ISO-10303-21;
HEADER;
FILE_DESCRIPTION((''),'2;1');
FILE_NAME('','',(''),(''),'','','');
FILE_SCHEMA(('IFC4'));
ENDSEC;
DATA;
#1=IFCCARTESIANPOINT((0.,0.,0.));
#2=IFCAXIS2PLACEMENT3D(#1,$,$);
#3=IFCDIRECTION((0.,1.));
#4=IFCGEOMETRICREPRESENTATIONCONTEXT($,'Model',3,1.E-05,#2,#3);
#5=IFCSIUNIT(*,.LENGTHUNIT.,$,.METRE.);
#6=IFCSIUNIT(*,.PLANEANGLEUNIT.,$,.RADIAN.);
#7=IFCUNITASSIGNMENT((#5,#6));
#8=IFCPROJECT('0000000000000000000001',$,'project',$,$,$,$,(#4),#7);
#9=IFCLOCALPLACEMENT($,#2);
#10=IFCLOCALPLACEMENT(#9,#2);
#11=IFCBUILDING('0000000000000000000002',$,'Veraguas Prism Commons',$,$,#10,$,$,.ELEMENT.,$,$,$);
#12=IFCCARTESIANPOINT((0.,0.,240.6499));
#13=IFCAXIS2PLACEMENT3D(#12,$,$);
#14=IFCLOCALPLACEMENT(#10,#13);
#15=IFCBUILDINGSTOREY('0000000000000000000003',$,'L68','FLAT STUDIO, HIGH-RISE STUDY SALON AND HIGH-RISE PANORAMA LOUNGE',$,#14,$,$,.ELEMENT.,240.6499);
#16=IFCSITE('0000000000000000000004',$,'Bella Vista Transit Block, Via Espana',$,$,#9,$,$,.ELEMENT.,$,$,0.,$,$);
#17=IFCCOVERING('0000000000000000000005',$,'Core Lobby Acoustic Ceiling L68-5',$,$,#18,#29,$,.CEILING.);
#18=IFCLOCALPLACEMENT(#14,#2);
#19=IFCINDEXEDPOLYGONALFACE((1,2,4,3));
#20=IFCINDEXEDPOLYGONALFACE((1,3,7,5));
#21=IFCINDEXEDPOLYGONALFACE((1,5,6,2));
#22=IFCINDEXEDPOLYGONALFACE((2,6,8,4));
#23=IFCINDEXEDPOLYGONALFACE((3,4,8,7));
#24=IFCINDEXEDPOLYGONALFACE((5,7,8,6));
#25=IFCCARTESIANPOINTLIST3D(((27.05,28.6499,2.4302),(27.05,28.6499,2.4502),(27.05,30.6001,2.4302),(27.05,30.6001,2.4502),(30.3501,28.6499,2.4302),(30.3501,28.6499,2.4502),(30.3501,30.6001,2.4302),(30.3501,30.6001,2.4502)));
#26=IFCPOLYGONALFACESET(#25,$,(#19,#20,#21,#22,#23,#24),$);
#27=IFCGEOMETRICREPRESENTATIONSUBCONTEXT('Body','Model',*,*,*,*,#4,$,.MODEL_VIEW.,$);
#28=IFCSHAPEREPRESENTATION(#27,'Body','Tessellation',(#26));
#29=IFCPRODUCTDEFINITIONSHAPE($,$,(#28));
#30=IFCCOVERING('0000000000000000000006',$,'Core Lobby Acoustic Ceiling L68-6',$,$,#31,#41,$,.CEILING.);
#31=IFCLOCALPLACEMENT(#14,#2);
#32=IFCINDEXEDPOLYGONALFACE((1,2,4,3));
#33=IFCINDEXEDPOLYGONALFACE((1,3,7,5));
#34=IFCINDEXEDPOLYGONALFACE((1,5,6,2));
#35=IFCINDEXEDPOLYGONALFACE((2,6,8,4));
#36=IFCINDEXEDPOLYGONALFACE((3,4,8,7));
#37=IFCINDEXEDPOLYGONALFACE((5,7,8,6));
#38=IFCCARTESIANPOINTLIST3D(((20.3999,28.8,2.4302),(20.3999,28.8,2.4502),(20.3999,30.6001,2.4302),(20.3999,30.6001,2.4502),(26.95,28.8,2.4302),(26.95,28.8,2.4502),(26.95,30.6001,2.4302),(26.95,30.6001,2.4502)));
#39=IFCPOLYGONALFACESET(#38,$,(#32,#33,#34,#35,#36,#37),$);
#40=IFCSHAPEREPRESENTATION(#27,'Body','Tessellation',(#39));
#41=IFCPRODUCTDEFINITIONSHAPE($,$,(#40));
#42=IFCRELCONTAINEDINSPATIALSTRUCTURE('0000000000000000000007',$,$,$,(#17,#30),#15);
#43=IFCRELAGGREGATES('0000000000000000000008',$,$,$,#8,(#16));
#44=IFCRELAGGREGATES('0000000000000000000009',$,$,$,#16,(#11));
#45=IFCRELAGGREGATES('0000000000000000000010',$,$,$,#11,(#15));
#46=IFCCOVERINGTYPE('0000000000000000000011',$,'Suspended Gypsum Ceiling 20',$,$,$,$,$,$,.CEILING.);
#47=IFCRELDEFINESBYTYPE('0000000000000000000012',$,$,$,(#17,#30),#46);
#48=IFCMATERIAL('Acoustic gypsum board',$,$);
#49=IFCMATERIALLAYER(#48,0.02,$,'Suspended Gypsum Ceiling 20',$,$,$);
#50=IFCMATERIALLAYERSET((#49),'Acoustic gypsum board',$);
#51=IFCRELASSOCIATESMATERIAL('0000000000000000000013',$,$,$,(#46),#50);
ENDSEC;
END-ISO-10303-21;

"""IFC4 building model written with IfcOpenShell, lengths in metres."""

from ifc_helpers import new_model, si_unit, direction, frame, origin, place, context, subcontext, project, spatial, polyline, outline, extrude, material, layer, layer_set, type_object, element, save


model = new_model("IFC4")

# Units and contexts
model_context = context("Model", 3, precision=1e-05, world=origin(), true_north=direction((0.0, 1.0)))
body_context = subcontext(model_context, "Body", "Model", "MODEL_VIEW")
ifc_project = project(units=[si_unit("LENGTHUNIT", "METRE"), si_unit("PLANEANGLEUNIT", "RADIAN")], contexts=[model_context])

# Site, building, storey
site_placement = place(None, origin())
site = spatial("IfcSite", under=ifc_project, at=site_placement, Name="Bella Vista Transit Block, Via Espana", CompositionType="ELEMENT", RefElevation=0.0)
building_placement = place(site_placement, origin())
building = spatial("IfcBuilding", under=site, at=building_placement, Name="Veraguas Prism Commons", CompositionType="ELEMENT")
storey_placement = place(building_placement, frame((0.0, 0.0, 240.6499)))
storey = spatial("IfcBuildingStorey", under=building, at=storey_placement, Name="L68", Description="FLAT STUDIO, HIGH-RISE STUDY SALON AND HIGH-RISE PANORAMA LOUNGE", CompositionType="ELEMENT", Elevation=240.6499)

# Shared definitions
ifc_material_1 = material(Name="Acoustic gypsum board")

# Coverings
ifc_layer_1 = layer(ifc_material_1, 0.02, Name="Suspended Gypsum Ceiling 20")
ifc_layer_set_1 = layer_set([ifc_layer_1], Name="Acoustic gypsum board")
covering_type_1 = type_object("IfcCoveringType", Name="Suspended Gypsum Ceiling 20", PredefinedType="CEILING", material=ifc_layer_set_1)
covering_1_placement = place(storey_placement, frame((0.0, 0.0, 2.4302)))
element("IfcCovering", 1, at=covering_1_placement, inside=storey, type_object=covering_type_1, Name="Core Lobby Acoustic Ceiling L68-5", PredefinedType="CEILING", context=body_context, shape_type="SweptSolid", body=[
    extrude(outline(polyline([(27.05, 28.6499), (30.3501, 28.6499), (30.3501, 30.6001), (27.05, 30.6001), (27.05, 28.6499)])), origin(), (0.0, 0.0, 1.0), 0.02),
])
covering_2_placement = place(storey_placement, frame((0.0, 0.0, 2.4302)))
element("IfcCovering", 2, at=covering_2_placement, inside=storey, type_object=covering_type_1, Name="Core Lobby Acoustic Ceiling L68-6", PredefinedType="CEILING", context=body_context, shape_type="SweptSolid", body=[
    extrude(outline(polyline([(20.3999, 28.8), (26.95, 28.8), (26.95, 30.6001), (20.3999, 30.6001), (20.3999, 28.8)])), origin(), (0.0, 0.0, 1.0), 0.02),
])

save(model, "model.ifc")
